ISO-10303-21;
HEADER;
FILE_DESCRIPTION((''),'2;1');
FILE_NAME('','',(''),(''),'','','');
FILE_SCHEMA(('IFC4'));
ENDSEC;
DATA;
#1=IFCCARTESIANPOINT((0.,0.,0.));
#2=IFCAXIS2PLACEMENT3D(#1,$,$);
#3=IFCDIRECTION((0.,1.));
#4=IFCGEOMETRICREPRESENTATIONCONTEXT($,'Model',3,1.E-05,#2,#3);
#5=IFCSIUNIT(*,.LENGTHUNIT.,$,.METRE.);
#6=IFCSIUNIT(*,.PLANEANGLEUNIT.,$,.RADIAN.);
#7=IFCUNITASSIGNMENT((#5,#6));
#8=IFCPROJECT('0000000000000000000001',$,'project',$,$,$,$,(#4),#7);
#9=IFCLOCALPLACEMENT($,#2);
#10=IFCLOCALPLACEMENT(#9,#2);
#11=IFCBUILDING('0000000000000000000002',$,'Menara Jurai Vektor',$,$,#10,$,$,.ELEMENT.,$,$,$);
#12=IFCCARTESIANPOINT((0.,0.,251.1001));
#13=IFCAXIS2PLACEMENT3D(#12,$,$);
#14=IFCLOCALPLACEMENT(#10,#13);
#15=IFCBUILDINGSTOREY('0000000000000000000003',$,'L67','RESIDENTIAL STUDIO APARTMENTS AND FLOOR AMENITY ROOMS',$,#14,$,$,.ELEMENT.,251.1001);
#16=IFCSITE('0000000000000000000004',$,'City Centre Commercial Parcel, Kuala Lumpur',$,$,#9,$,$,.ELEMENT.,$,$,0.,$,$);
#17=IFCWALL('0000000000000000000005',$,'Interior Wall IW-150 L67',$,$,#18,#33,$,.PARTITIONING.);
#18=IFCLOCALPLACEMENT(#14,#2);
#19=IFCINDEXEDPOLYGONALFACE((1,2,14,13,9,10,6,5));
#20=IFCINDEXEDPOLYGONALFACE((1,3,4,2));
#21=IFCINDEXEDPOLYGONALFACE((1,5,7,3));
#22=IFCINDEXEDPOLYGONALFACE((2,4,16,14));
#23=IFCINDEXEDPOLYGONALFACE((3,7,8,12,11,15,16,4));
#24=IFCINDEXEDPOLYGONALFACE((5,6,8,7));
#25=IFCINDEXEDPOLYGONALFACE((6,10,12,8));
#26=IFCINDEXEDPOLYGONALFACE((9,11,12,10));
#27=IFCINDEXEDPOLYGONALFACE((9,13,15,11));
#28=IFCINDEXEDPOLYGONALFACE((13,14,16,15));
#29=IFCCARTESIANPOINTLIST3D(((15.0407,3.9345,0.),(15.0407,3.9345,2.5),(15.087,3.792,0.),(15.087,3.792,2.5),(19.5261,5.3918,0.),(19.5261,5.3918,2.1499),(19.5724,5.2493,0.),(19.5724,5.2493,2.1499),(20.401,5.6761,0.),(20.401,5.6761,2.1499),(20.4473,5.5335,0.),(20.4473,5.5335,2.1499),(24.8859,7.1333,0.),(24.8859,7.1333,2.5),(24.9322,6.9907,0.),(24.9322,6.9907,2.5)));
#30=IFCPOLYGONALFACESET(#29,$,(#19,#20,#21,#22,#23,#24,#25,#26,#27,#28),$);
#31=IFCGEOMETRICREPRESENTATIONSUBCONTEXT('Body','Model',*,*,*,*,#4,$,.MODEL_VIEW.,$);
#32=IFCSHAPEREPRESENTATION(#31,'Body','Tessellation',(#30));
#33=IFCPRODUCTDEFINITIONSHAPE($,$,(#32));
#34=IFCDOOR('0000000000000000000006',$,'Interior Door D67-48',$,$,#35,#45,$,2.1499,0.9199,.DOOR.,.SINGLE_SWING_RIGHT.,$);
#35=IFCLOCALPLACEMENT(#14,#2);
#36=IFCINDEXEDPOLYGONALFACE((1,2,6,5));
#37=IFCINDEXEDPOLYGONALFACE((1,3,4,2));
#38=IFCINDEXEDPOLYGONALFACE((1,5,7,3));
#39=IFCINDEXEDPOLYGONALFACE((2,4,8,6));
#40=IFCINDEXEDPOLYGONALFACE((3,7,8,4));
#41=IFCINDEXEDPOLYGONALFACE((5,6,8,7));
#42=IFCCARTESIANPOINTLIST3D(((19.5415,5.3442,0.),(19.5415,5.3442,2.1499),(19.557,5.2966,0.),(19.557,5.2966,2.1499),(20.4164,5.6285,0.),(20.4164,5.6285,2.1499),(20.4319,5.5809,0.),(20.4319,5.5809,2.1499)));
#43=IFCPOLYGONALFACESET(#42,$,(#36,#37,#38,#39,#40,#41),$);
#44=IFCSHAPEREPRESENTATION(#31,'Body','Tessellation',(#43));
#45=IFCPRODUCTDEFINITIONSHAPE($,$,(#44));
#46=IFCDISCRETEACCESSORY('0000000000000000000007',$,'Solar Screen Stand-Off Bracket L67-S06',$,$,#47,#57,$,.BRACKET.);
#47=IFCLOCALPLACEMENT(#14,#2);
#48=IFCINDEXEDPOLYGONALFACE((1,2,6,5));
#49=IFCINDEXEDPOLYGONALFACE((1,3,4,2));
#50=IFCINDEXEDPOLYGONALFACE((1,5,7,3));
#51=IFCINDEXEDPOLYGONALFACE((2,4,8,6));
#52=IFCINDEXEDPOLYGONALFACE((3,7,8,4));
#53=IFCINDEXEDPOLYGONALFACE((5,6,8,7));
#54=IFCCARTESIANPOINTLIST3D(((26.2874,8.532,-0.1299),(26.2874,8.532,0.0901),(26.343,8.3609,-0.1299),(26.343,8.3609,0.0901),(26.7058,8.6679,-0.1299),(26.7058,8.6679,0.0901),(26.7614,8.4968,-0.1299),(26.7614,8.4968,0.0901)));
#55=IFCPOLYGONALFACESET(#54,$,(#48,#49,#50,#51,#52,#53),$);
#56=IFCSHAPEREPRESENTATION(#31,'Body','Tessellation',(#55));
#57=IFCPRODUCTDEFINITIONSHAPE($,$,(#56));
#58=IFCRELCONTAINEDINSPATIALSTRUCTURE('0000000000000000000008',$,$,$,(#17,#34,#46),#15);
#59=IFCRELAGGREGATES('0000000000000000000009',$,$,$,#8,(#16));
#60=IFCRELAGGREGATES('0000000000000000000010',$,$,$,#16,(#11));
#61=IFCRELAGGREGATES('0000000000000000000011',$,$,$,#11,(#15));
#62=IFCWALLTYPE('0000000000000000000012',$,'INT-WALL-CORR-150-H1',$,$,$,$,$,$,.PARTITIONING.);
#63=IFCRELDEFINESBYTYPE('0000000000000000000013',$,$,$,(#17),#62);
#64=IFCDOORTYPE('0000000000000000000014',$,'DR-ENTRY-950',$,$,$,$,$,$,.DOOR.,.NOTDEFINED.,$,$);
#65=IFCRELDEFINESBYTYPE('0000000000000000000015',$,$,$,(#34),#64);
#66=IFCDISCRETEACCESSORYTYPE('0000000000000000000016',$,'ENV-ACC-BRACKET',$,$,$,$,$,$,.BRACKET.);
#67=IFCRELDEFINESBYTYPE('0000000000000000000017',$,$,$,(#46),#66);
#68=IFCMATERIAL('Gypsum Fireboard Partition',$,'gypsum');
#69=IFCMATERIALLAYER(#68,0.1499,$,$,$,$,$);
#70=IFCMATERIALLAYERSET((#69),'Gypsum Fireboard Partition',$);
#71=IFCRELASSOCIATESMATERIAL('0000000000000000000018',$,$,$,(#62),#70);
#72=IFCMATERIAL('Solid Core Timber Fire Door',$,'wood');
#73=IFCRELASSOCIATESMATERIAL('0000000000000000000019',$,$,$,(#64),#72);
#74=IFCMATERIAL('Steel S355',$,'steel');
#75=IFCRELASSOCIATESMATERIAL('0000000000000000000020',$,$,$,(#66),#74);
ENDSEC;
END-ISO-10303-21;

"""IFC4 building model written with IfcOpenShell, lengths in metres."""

from ifc_helpers import new_model, si_unit, direction, frame, frame_2d, origin, origin_2d, place, context, subcontext, project, spatial, rectangle, extrude, material, layer, layer_set, type_object, element, fill, save


model = new_model("IFC4")

# Units and contexts
model_context = context("Model", 3, precision=1e-05, world=origin(), true_north=direction((0.0, 1.0)))
body_context = subcontext(model_context, "Body", "Model", "MODEL_VIEW")
ifc_project = project(units=[si_unit("LENGTHUNIT", "METRE"), si_unit("PLANEANGLEUNIT", "RADIAN")], contexts=[model_context])

# Site, building, storey
site_placement = place(None, origin())
site = spatial("IfcSite", under=ifc_project, at=site_placement, Name="City Centre Commercial Parcel, Kuala Lumpur", CompositionType="ELEMENT", RefElevation=0.0)
building_placement = place(site_placement, origin())
building = spatial("IfcBuilding", under=site, at=building_placement, Name="Menara Jurai Vektor", CompositionType="ELEMENT")
storey_placement = place(building_placement, frame((0.0, 0.0, 251.1001)))
storey = spatial("IfcBuildingStorey", under=building, at=storey_placement, Name="L67", Description="RESIDENTIAL STUDIO APARTMENTS AND FLOOR AMENITY ROOMS", CompositionType="ELEMENT", Elevation=251.1001)

# Shared definitions
ifc_material_1 = material(Name="Steel S355", Category="steel")

# Shared definitions
ifc_material_2 = material(Name="Gypsum Fireboard Partition", Category="gypsum")

# Wall, opening, door
ifc_layer_1 = layer(ifc_material_2, 0.1499)
ifc_layer_set_1 = layer_set([ifc_layer_1], Name="Gypsum Fireboard Partition")
wall_type_1 = type_object("IfcWallType", Name="INT-WALL-CORR-150-H1", PredefinedType="PARTITIONING", material=ifc_layer_set_1)
wall_1_placement = place(storey_placement, frame((15.064, 3.8633, 0.0), z_axis=(0.0, 0.0, 1.0), x_axis=(0.951061, 0.309002, 0.0)))
wall_1 = element("IfcWall", 1, at=wall_1_placement, inside=storey, type_object=wall_type_1, Name="Interior Wall IW-150 L67", PredefinedType="PARTITIONING", context=body_context, shape_type="SweptSolid", body=[
    extrude(rectangle(XDim=10.3518, YDim=0.1499, at=frame_2d((5.1758, 0.0))), origin(), (0.0, 0.0, 1.0), 2.5),
])
opening_placement = place(wall_1_placement, frame((4.7161, 0.0, 0.0)))
opening = element("IfcOpeningElement", 2, at=opening_placement, cuts=wall_1, PredefinedType="OPENING", context=body_context, shape_type="SweptSolid", body=[
    extrude(rectangle(XDim=0.9199, YDim=2.1499, at=frame_2d((0.46, 1.075))), frame((0.0, 0.085, 0.0), z_axis=(0.0, -1.0, 0.0), x_axis=(1.0, 0.0, 0.0)), (0.0, 0.0, 1.0), 0.1699),
])
ifc_material_3 = material(Name="Solid Core Timber Fire Door", Category="wood")
door_type = type_object("IfcDoorType", Name="DR-ENTRY-950", OperationType="NOTDEFINED", PredefinedType="DOOR", material=ifc_material_3)
door_placement = place(opening_placement, origin())
door = element("IfcDoor", 3, at=door_placement, inside=storey, type_object=door_type, Name="Interior Door D67-48", OperationType="SINGLE_SWING_RIGHT", OverallHeight=2.1499, OverallWidth=0.9199, PredefinedType="DOOR", context=body_context, shape_type="SweptSolid", body=[
    extrude(rectangle(XDim=0.9199, YDim=2.1499, at=frame_2d((0.46, 1.075))), frame((0.0, 0.0249, 0.0), z_axis=(0.0, -1.0, 0.0), x_axis=(1.0, 0.0, 0.0)), (0.0, 0.0, 1.0), 0.05),
])
fill(opening, door)

# Discrete accessory
discrete_accessory_type = type_object("IfcDiscreteAccessoryType", Name="ENV-ACC-BRACKET", PredefinedType="BRACKET", material=ifc_material_1)
discrete_accessory_placement = place(storey_placement, frame((26.5244, 8.5144, -0.1299), z_axis=(0.0, 0.0, 1.0), x_axis=(-0.309017, 0.951057, 0.0)))
element("IfcDiscreteAccessory", 4, at=discrete_accessory_placement, inside=storey, type_object=discrete_accessory_type, Name="Solar Screen Stand-Off Bracket L67-S06", PredefinedType="BRACKET", context=body_context, shape_type="SweptSolid", body=[
    extrude(rectangle(XDim=0.1799, YDim=0.4399, at=origin_2d()), origin(), (0.0, 0.0, 1.0), 0.22),
])

save(model, "model.ifc")
